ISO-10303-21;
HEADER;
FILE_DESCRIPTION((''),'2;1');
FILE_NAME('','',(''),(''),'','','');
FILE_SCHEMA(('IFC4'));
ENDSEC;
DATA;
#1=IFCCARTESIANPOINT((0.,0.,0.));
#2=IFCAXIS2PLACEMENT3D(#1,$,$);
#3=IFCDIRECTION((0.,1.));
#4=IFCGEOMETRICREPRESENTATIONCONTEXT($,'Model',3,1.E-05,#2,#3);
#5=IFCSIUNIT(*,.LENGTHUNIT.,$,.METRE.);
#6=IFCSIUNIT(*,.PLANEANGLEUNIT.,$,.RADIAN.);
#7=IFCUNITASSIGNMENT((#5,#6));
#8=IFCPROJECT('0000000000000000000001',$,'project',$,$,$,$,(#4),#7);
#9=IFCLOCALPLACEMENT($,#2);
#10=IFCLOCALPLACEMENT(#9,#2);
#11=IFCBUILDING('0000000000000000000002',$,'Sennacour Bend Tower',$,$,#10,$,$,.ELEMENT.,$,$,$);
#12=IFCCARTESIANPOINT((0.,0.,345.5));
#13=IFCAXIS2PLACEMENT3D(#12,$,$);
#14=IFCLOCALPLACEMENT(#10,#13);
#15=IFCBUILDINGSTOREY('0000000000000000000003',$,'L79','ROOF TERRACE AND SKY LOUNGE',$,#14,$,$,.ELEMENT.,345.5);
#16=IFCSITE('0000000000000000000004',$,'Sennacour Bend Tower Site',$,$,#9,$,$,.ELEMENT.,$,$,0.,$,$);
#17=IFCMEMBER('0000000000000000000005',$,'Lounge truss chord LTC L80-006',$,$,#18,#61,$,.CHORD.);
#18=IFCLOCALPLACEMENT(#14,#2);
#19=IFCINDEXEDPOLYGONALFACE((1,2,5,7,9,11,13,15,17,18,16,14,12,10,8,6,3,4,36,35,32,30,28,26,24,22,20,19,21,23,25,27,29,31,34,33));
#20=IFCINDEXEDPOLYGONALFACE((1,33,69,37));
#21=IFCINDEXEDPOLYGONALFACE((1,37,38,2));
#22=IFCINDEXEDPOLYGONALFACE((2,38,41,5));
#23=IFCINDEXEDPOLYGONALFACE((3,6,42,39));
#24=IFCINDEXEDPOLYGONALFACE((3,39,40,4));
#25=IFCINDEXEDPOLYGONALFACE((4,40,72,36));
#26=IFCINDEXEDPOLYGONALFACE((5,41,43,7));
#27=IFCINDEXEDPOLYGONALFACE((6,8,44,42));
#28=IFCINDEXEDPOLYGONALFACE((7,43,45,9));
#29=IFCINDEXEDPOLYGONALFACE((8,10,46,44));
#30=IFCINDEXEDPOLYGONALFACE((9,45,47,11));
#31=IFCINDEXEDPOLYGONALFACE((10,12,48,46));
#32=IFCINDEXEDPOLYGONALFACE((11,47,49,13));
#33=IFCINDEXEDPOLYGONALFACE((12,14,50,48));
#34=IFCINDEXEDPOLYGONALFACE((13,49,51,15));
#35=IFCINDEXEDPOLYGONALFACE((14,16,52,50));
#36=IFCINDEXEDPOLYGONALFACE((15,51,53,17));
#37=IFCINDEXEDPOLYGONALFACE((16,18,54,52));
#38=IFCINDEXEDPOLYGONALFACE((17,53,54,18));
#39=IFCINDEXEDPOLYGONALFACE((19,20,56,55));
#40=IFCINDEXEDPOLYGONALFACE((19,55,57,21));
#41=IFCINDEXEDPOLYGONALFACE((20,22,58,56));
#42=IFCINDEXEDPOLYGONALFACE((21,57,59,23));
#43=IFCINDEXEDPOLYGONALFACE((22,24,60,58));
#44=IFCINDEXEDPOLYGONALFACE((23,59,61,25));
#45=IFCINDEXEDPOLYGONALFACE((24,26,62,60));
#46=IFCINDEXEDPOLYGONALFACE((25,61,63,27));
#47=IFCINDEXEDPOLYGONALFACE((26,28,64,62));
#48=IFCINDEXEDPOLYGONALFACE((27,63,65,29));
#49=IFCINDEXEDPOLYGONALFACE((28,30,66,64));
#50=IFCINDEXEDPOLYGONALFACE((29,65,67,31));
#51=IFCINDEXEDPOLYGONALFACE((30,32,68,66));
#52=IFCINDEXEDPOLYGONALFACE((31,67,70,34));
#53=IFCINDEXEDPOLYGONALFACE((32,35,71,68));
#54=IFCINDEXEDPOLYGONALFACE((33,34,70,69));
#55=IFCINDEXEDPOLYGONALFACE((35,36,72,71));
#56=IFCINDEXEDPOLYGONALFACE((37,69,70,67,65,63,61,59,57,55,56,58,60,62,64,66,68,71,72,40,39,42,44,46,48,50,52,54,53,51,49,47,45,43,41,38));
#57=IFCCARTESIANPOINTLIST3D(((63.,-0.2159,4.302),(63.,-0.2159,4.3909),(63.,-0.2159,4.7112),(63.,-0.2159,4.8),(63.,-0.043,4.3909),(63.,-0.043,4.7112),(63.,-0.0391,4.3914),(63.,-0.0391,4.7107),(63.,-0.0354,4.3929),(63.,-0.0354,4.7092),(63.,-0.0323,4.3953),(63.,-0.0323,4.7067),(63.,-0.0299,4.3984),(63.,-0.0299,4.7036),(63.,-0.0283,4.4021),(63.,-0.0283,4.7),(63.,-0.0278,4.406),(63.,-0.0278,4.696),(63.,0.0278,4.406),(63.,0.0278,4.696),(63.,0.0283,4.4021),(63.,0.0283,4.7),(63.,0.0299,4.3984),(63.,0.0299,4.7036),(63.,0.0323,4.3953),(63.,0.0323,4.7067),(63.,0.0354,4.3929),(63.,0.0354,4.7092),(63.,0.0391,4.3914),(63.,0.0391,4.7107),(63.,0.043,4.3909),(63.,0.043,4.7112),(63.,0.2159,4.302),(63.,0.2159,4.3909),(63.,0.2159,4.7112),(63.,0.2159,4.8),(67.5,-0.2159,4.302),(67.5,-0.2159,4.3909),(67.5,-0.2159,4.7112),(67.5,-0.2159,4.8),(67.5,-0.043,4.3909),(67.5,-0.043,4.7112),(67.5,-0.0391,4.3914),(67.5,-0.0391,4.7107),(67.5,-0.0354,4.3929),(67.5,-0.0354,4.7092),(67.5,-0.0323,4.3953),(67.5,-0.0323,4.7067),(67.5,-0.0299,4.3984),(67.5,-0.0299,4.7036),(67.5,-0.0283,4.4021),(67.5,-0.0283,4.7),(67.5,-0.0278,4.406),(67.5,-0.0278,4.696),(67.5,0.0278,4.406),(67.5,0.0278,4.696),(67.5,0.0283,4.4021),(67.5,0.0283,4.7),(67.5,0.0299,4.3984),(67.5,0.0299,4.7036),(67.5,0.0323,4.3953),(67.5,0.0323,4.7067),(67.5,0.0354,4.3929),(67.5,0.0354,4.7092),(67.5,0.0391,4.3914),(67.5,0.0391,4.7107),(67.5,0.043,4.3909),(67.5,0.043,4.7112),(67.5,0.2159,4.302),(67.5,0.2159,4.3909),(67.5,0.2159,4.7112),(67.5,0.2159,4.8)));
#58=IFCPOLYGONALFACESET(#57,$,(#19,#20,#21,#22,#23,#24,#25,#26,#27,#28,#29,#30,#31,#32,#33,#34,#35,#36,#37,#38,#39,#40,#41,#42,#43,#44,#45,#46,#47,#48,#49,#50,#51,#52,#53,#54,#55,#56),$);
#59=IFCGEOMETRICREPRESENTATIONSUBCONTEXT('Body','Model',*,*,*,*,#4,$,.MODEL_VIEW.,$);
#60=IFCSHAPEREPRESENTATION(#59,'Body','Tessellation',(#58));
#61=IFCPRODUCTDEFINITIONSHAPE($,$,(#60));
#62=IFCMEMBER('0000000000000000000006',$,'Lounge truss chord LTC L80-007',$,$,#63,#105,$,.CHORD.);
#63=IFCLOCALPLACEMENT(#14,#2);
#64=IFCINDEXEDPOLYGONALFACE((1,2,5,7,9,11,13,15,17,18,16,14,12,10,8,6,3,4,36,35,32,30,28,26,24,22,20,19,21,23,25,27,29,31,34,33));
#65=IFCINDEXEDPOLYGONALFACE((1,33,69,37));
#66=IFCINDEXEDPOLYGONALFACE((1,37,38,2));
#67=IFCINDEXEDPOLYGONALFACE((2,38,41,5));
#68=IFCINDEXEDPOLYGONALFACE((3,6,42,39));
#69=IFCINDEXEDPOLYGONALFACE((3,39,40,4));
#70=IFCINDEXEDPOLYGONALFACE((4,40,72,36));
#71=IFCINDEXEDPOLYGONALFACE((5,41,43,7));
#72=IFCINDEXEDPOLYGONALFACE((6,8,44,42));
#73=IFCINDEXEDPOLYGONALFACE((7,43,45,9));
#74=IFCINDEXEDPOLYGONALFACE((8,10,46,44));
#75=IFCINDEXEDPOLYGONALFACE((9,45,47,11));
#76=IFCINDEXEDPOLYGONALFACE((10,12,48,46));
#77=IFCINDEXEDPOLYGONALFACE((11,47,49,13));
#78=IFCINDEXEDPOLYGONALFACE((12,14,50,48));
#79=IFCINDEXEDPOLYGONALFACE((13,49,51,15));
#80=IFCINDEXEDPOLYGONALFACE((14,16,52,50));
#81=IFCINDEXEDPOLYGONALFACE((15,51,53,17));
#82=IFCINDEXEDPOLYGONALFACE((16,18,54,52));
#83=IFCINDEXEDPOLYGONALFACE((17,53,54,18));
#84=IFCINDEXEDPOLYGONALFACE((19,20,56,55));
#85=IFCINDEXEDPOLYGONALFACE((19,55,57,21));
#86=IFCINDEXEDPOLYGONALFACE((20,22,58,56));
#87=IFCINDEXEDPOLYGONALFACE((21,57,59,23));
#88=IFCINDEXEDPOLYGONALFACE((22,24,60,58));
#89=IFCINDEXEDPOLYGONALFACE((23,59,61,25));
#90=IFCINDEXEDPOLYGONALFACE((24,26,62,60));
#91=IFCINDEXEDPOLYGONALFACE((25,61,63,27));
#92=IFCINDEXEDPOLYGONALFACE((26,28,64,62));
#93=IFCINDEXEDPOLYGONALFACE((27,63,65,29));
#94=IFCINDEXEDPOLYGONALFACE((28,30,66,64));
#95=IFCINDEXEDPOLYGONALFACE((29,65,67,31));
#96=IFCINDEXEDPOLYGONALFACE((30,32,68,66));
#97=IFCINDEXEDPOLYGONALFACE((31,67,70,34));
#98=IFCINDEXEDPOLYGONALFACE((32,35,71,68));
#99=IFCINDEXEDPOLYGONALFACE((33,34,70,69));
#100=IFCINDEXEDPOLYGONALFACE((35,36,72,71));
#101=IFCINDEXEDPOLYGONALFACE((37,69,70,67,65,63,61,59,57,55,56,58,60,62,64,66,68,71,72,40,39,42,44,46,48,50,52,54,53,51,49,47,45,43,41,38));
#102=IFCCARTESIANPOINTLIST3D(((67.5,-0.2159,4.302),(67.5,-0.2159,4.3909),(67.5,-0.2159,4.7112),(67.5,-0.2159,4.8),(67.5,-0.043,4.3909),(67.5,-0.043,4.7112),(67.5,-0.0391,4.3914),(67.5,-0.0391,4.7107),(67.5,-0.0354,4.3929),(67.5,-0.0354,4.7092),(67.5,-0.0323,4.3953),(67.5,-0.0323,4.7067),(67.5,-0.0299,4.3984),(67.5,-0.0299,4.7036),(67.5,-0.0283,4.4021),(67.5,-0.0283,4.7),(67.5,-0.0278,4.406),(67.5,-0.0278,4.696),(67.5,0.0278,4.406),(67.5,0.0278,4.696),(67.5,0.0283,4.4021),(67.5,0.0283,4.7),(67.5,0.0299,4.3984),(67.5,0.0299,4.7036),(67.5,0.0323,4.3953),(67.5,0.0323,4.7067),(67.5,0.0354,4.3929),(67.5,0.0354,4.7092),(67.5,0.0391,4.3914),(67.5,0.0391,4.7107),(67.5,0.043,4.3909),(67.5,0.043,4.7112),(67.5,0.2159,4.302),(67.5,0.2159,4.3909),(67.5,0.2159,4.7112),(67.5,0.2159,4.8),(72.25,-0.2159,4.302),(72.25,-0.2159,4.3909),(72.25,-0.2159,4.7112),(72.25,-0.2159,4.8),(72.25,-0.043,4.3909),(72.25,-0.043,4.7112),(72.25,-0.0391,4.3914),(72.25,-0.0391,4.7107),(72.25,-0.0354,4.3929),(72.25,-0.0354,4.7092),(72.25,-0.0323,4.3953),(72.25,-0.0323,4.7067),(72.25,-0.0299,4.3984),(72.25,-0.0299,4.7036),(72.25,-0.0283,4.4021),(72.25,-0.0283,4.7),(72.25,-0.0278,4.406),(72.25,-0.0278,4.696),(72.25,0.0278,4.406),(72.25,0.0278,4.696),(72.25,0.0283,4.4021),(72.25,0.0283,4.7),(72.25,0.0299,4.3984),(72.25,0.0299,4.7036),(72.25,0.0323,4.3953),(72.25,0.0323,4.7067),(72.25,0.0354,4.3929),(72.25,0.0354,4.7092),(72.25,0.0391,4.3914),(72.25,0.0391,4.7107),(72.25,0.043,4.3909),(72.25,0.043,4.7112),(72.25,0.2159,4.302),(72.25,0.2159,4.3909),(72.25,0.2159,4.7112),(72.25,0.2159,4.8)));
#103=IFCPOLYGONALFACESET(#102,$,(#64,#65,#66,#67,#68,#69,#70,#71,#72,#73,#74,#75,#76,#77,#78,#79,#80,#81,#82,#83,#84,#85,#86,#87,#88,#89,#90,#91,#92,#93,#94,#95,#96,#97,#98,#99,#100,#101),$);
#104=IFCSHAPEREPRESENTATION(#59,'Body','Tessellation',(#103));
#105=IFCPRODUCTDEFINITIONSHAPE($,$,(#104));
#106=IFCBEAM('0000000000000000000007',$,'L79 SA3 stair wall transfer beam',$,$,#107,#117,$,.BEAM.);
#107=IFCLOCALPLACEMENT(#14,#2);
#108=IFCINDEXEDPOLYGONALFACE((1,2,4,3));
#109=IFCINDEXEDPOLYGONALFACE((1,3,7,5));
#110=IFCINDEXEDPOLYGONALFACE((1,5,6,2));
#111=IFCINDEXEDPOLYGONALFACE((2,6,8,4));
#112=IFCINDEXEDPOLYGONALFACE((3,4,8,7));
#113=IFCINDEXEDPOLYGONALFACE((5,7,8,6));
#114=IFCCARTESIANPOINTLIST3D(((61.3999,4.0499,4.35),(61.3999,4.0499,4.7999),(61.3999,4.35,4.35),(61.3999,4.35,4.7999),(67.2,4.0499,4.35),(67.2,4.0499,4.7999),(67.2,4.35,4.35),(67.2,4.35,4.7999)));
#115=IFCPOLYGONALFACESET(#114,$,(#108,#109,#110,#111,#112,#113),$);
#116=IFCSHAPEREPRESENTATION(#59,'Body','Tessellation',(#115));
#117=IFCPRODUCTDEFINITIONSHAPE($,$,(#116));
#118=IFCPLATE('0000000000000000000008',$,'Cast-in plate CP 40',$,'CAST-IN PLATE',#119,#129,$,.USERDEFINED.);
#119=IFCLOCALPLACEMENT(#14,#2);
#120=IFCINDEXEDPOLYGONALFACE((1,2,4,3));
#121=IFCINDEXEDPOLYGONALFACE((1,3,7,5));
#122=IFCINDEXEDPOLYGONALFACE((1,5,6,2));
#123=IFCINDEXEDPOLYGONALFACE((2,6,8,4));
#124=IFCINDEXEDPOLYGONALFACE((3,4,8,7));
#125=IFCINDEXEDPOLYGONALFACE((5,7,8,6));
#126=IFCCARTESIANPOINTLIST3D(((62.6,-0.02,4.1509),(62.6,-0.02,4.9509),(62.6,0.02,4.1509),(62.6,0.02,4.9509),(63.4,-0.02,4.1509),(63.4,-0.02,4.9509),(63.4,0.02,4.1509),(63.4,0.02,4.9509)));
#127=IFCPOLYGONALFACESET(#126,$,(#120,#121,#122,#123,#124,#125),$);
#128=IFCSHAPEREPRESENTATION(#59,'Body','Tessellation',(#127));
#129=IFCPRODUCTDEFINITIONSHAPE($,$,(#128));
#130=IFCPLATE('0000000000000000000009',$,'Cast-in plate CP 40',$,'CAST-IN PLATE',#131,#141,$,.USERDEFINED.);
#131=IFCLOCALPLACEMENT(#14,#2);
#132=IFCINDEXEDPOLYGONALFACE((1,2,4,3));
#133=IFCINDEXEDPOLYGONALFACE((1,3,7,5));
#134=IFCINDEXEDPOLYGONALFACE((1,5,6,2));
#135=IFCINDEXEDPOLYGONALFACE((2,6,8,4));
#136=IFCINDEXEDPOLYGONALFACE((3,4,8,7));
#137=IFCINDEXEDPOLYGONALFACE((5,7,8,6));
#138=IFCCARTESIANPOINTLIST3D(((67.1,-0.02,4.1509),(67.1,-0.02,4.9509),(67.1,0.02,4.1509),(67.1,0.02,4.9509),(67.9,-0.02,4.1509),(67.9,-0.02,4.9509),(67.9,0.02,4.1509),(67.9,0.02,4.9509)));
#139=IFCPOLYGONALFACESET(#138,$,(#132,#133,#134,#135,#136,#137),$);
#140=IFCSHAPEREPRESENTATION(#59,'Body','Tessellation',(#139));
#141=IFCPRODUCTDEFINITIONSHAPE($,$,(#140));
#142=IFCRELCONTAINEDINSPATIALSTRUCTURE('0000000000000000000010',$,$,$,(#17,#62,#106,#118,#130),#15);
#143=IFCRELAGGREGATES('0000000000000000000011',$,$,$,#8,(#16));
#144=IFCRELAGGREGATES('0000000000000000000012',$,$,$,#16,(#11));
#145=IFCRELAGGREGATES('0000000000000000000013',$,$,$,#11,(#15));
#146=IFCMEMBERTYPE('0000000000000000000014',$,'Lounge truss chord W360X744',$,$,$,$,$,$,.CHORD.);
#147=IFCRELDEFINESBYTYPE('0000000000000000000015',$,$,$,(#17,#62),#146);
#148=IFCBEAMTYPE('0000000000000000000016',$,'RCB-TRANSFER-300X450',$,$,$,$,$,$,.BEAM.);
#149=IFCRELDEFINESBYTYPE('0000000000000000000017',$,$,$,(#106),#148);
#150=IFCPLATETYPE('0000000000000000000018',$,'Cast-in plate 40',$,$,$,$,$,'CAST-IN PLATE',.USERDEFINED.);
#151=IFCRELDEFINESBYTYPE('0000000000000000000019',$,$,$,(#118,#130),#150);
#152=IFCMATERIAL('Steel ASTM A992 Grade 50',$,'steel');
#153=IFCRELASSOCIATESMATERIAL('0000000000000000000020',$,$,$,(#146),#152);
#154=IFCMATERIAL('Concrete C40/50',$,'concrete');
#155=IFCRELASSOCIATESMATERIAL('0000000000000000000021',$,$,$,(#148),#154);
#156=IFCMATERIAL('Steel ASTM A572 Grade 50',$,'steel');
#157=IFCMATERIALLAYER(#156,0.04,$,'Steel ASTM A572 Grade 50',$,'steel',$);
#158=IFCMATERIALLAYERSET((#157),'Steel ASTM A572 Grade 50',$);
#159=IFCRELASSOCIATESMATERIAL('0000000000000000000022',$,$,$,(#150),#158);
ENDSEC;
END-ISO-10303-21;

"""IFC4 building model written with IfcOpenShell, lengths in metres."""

from ifc_helpers import new_model, si_unit, direction, frame, origin, origin_2d, place, context, subcontext, project, spatial, rectangle, i_section, extrude, material, layer, layer_set, material_profile, profile_set, type_object, element, save


model = new_model("IFC4")

# Units and contexts
model_context = context("Model", 3, precision=1e-05, world=origin(), true_north=direction((0.0, 1.0)))
body_context = subcontext(model_context, "Body", "Model", "MODEL_VIEW")
ifc_project = project(units=[si_unit("LENGTHUNIT", "METRE"), si_unit("PLANEANGLEUNIT", "RADIAN")], contexts=[model_context])

# Site, building, storey
site_placement = place(None, origin())
site = spatial("IfcSite", under=ifc_project, at=site_placement, Name="Sennacour Bend Tower Site", CompositionType="ELEMENT", RefElevation=0.0)
building_placement = place(site_placement, origin())
building = spatial("IfcBuilding", under=site, at=building_placement, Name="Sennacour Bend Tower", CompositionType="ELEMENT")
storey_placement = place(building_placement, frame((0.0, 0.0, 345.5)))
storey = spatial("IfcBuildingStorey", under=building, at=storey_placement, Name="L79", Description="ROOF TERRACE AND SKY LOUNGE", CompositionType="ELEMENT", Elevation=345.5)

# Members
ifc_material_1 = material(Name="Steel ASTM A992 Grade 50", Category="steel")
ifc_material_profile_1 = material_profile(ifc_material_1, i_section(OverallWidth=0.4319, OverallDepth=0.498, WebThickness=0.0557, FlangeThickness=0.0889, FilletRadius=0.0151, at=origin_2d()), Name="Steel ASTM A992 Grade 50", Category="steel")
ifc_profile_set_1 = profile_set([ifc_material_profile_1], Name="Steel ASTM A992 Grade 50")
member_type = type_object("IfcMemberType", Name="Lounge truss chord W360X744", PredefinedType="CHORD", material=ifc_profile_set_1)
member_1_placement = place(storey_placement, frame((63.0, 0.0, 4.551), z_axis=(1.0, 0.0, 0.0), x_axis=(0.0, 1.0, 0.0)))
element("IfcMember", 1, at=member_1_placement, inside=storey, type_object=member_type, Name="Lounge truss chord LTC L80-006", PredefinedType="CHORD", context=body_context, shape_type="SweptSolid", body=[
    extrude(i_section(OverallWidth=0.4319, OverallDepth=0.498, WebThickness=0.0557, FlangeThickness=0.0889, FilletRadius=0.0151, at=origin_2d()), origin(), (0.0, 0.0, 1.0), 4.5),
])
member_2_placement = place(storey_placement, frame((67.5, 0.0, 4.551), z_axis=(1.0, 0.0, 0.0), x_axis=(0.0, 1.0, 0.0)))
element("IfcMember", 2, at=member_2_placement, inside=storey, type_object=member_type, Name="Lounge truss chord LTC L80-007", PredefinedType="CHORD", context=body_context, shape_type="SweptSolid", body=[
    extrude(i_section(OverallWidth=0.4319, OverallDepth=0.498, WebThickness=0.0557, FlangeThickness=0.0889, FilletRadius=0.0151, at=origin_2d()), origin(), (0.0, 0.0, 1.0), 4.75),
])

# Beam
ifc_material_2 = material(Name="Concrete C40/50", Category="concrete")
ifc_material_profile_2 = material_profile(ifc_material_2, rectangle(XDim=0.3, YDim=0.45, at=origin_2d()), Name="Concrete C40/50", Category="concrete")
ifc_profile_set_2 = profile_set([ifc_material_profile_2], Name="Concrete C40/50")
beam_type = type_object("IfcBeamType", Name="RCB-TRANSFER-300X450", PredefinedType="BEAM", material=ifc_profile_set_2)
beam_placement = place(storey_placement, frame((61.3999, 4.2, 4.575), z_axis=(1.0, 0.0, 0.0), x_axis=(0.0, 1.0, 0.0)))
element("IfcBeam", 3, at=beam_placement, inside=storey, type_object=beam_type, Name="L79 SA3 stair wall transfer beam", PredefinedType="BEAM", context=body_context, shape_type="SweptSolid", body=[
    extrude(rectangle(XDim=0.3, YDim=0.45, at=origin_2d()), origin(), (0.0, 0.0, 1.0), 5.8),
])

# Plates
ifc_material_3 = material(Name="Steel ASTM A572 Grade 50", Category="steel")
ifc_layer_1 = layer(ifc_material_3, 0.04, Name="Steel ASTM A572 Grade 50", Category="steel")
ifc_layer_set_1 = layer_set([ifc_layer_1], Name="Steel ASTM A572 Grade 50")
plate_type = type_object("IfcPlateType", Name="Cast-in plate 40", ElementType="CAST-IN PLATE", PredefinedType="USERDEFINED", material=ifc_layer_set_1)
for number, where, z_axis, x_axis, name in (
    (4, (63.0, 0.0, 4.1509), (0.0, 0.0, 1.0), (1.0, 0.0, 0.0), "Cast-in plate CP 40"),
    (5, (67.5, 0.0, 4.1509), (0.0, 0.0, 1.0), (1.0, 0.0, 0.0), "Cast-in plate CP 40"),
):
    element("IfcPlate", number, at=place(storey_placement, frame(where, z_axis=z_axis, x_axis=x_axis)), inside=storey, type_object=plate_type, Name=name, ObjectType="CAST-IN PLATE", PredefinedType="USERDEFINED", context=body_context, shape_type="SweptSolid", body=[
        extrude(rectangle(XDim=0.8, YDim=0.04, at=origin_2d()), origin(), (0.0, 0.0, 1.0), 0.8),
    ])

save(model, "model.ifc")
